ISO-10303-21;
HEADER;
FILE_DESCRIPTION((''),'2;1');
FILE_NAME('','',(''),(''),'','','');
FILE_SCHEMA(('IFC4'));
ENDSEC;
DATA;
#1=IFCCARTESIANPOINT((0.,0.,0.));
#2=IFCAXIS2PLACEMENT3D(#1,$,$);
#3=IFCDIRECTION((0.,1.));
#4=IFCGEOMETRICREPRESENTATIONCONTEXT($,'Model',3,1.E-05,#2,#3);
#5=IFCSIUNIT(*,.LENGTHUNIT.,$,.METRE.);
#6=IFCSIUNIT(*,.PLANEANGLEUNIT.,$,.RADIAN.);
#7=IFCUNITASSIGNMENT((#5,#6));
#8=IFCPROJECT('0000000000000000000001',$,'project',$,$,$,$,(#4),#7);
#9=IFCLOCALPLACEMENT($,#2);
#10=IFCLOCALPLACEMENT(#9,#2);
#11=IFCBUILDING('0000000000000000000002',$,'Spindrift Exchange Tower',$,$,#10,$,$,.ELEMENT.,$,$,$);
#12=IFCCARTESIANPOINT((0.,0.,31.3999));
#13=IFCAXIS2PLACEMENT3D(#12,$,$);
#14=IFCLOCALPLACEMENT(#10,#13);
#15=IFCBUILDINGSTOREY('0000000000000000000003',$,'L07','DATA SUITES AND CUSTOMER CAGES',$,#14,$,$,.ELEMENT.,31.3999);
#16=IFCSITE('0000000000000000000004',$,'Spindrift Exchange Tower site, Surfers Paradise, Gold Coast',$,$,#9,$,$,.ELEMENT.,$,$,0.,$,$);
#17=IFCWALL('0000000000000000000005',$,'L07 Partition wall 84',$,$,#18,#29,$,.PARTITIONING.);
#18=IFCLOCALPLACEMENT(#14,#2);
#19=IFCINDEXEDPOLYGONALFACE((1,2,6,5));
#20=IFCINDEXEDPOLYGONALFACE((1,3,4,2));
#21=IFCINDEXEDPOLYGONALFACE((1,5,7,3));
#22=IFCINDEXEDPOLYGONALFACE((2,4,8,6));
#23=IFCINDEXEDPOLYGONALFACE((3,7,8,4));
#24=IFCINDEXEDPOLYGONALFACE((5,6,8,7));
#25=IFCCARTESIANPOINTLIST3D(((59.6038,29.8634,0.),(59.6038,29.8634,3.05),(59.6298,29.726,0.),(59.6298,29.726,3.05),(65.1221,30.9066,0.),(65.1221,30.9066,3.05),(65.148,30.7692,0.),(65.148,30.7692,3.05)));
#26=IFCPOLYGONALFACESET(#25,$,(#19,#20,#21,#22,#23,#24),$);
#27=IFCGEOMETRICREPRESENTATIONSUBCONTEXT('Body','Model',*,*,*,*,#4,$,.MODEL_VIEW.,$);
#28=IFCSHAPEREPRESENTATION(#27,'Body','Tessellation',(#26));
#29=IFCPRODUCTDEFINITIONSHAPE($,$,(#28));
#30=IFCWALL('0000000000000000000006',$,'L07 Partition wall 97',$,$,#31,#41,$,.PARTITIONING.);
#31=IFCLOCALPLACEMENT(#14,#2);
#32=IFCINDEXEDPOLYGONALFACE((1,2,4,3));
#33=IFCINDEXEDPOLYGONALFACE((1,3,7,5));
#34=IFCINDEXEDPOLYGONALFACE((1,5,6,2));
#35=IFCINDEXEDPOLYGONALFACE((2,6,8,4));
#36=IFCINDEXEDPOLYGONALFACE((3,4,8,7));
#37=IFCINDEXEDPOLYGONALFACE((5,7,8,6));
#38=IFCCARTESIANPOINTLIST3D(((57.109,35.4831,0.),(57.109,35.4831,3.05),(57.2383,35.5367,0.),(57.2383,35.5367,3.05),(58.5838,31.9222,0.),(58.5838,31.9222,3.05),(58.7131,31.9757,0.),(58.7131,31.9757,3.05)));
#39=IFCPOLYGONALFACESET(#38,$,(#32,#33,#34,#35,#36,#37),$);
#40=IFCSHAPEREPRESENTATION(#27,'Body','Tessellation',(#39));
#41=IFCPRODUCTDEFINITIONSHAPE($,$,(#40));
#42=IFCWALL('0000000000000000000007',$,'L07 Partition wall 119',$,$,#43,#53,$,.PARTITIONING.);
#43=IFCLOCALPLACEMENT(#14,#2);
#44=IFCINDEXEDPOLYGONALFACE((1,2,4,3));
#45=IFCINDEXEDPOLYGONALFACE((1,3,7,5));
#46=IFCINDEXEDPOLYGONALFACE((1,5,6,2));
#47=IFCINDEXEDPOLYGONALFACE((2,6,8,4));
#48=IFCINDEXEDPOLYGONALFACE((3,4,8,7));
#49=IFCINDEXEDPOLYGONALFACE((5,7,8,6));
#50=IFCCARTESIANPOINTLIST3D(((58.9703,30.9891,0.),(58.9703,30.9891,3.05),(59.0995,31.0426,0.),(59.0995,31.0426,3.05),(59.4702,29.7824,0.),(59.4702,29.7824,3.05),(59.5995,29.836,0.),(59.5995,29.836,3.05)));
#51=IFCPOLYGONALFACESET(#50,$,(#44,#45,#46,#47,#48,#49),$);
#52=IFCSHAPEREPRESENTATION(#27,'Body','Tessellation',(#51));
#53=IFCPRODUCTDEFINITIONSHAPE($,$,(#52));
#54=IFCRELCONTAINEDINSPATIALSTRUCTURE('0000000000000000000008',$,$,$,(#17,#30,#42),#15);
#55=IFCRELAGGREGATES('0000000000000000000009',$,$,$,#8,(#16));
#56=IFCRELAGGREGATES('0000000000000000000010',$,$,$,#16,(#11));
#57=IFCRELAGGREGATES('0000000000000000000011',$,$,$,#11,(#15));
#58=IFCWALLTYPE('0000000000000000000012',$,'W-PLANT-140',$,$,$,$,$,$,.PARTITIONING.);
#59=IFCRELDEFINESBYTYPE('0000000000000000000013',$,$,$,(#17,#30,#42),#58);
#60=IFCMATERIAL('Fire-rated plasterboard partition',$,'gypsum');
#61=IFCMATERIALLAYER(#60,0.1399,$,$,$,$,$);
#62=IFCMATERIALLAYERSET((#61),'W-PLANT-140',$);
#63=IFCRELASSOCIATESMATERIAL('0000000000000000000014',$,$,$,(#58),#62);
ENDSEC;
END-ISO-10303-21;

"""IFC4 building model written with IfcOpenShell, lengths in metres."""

from ifc_helpers import new_model, si_unit, direction, frame, frame_2d, origin, place, context, subcontext, project, spatial, rectangle, extrude, material, layer, layer_set, type_object, element, save


model = new_model("IFC4")

# Units and contexts
model_context = context("Model", 3, precision=1e-05, world=origin(), true_north=direction((0.0, 1.0)))
body_context = subcontext(model_context, "Body", "Model", "MODEL_VIEW")
ifc_project = project(units=[si_unit("LENGTHUNIT", "METRE"), si_unit("PLANEANGLEUNIT", "RADIAN")], contexts=[model_context])

# Site, building, storey
site_placement = place(None, origin())
site = spatial("IfcSite", under=ifc_project, at=site_placement, Name="Spindrift Exchange Tower site, Surfers Paradise, Gold Coast", CompositionType="ELEMENT", RefElevation=0.0)
building_placement = place(site_placement, origin())
building = spatial("IfcBuilding", under=site, at=building_placement, Name="Spindrift Exchange Tower", CompositionType="ELEMENT")
storey_placement = place(building_placement, frame((0.0, 0.0, 31.3999)))
storey = spatial("IfcBuildingStorey", under=building, at=storey_placement, Name="L07", Description="DATA SUITES AND CUSTOMER CAGES", CompositionType="ELEMENT", Elevation=31.3999)

# Walls
ifc_material_1 = material(Name="Fire-rated plasterboard partition", Category="gypsum")
ifc_layer_1 = layer(ifc_material_1, 0.1399)
ifc_layer_set_1 = layer_set([ifc_layer_1], Name="W-PLANT-140")
wall_type_1 = type_object("IfcWallType", Name="W-PLANT-140", PredefinedType="PARTITIONING", material=ifc_layer_set_1)
wall_1_placement = place(storey_placement, frame((59.6167, 29.7947, 0.0), z_axis=(0.0, 0.0, 1.0), x_axis=(0.982596, 0.185756, 0.0)))
element("IfcWall", 1, at=wall_1_placement, inside=storey, type_object=wall_type_1, Name="L07 Partition wall 84", PredefinedType="PARTITIONING", context=body_context, shape_type="SweptSolid", body=[
    extrude(rectangle(XDim=5.616, YDim=0.1399, at=frame_2d((2.8081, 0.0))), origin(), (0.0, 0.0, 1.0), 3.05),
])
wall_2_placement = place(storey_placement, frame((57.1736, 35.51, 0.0), z_axis=(0.0, 0.0, 1.0), x_axis=(0.382645, -0.923896, 0.0)))
element("IfcWall", 2, at=wall_2_placement, inside=storey, type_object=wall_type_1, Name="L07 Partition wall 97", PredefinedType="PARTITIONING", context=body_context, shape_type="SweptSolid", body=[
    extrude(rectangle(XDim=3.8542, YDim=0.1399, at=frame_2d((1.9272, 0.0))), origin(), (0.0, 0.0, 1.0), 3.05),
])
wall_3_placement = place(storey_placement, frame((59.0349, 31.0159, 0.0), z_axis=(0.0, 0.0, 1.0), x_axis=(0.38277, -0.923844, 0.0)))
element("IfcWall", 3, at=wall_3_placement, inside=storey, type_object=wall_type_1, Name="L07 Partition wall 119", PredefinedType="PARTITIONING", context=body_context, shape_type="SweptSolid", body=[
    extrude(rectangle(XDim=1.3062, YDim=0.1399, at=frame_2d((0.6531, 0.0))), origin(), (0.0, 0.0, 1.0), 3.05),
])

save(model, "model.ifc")
